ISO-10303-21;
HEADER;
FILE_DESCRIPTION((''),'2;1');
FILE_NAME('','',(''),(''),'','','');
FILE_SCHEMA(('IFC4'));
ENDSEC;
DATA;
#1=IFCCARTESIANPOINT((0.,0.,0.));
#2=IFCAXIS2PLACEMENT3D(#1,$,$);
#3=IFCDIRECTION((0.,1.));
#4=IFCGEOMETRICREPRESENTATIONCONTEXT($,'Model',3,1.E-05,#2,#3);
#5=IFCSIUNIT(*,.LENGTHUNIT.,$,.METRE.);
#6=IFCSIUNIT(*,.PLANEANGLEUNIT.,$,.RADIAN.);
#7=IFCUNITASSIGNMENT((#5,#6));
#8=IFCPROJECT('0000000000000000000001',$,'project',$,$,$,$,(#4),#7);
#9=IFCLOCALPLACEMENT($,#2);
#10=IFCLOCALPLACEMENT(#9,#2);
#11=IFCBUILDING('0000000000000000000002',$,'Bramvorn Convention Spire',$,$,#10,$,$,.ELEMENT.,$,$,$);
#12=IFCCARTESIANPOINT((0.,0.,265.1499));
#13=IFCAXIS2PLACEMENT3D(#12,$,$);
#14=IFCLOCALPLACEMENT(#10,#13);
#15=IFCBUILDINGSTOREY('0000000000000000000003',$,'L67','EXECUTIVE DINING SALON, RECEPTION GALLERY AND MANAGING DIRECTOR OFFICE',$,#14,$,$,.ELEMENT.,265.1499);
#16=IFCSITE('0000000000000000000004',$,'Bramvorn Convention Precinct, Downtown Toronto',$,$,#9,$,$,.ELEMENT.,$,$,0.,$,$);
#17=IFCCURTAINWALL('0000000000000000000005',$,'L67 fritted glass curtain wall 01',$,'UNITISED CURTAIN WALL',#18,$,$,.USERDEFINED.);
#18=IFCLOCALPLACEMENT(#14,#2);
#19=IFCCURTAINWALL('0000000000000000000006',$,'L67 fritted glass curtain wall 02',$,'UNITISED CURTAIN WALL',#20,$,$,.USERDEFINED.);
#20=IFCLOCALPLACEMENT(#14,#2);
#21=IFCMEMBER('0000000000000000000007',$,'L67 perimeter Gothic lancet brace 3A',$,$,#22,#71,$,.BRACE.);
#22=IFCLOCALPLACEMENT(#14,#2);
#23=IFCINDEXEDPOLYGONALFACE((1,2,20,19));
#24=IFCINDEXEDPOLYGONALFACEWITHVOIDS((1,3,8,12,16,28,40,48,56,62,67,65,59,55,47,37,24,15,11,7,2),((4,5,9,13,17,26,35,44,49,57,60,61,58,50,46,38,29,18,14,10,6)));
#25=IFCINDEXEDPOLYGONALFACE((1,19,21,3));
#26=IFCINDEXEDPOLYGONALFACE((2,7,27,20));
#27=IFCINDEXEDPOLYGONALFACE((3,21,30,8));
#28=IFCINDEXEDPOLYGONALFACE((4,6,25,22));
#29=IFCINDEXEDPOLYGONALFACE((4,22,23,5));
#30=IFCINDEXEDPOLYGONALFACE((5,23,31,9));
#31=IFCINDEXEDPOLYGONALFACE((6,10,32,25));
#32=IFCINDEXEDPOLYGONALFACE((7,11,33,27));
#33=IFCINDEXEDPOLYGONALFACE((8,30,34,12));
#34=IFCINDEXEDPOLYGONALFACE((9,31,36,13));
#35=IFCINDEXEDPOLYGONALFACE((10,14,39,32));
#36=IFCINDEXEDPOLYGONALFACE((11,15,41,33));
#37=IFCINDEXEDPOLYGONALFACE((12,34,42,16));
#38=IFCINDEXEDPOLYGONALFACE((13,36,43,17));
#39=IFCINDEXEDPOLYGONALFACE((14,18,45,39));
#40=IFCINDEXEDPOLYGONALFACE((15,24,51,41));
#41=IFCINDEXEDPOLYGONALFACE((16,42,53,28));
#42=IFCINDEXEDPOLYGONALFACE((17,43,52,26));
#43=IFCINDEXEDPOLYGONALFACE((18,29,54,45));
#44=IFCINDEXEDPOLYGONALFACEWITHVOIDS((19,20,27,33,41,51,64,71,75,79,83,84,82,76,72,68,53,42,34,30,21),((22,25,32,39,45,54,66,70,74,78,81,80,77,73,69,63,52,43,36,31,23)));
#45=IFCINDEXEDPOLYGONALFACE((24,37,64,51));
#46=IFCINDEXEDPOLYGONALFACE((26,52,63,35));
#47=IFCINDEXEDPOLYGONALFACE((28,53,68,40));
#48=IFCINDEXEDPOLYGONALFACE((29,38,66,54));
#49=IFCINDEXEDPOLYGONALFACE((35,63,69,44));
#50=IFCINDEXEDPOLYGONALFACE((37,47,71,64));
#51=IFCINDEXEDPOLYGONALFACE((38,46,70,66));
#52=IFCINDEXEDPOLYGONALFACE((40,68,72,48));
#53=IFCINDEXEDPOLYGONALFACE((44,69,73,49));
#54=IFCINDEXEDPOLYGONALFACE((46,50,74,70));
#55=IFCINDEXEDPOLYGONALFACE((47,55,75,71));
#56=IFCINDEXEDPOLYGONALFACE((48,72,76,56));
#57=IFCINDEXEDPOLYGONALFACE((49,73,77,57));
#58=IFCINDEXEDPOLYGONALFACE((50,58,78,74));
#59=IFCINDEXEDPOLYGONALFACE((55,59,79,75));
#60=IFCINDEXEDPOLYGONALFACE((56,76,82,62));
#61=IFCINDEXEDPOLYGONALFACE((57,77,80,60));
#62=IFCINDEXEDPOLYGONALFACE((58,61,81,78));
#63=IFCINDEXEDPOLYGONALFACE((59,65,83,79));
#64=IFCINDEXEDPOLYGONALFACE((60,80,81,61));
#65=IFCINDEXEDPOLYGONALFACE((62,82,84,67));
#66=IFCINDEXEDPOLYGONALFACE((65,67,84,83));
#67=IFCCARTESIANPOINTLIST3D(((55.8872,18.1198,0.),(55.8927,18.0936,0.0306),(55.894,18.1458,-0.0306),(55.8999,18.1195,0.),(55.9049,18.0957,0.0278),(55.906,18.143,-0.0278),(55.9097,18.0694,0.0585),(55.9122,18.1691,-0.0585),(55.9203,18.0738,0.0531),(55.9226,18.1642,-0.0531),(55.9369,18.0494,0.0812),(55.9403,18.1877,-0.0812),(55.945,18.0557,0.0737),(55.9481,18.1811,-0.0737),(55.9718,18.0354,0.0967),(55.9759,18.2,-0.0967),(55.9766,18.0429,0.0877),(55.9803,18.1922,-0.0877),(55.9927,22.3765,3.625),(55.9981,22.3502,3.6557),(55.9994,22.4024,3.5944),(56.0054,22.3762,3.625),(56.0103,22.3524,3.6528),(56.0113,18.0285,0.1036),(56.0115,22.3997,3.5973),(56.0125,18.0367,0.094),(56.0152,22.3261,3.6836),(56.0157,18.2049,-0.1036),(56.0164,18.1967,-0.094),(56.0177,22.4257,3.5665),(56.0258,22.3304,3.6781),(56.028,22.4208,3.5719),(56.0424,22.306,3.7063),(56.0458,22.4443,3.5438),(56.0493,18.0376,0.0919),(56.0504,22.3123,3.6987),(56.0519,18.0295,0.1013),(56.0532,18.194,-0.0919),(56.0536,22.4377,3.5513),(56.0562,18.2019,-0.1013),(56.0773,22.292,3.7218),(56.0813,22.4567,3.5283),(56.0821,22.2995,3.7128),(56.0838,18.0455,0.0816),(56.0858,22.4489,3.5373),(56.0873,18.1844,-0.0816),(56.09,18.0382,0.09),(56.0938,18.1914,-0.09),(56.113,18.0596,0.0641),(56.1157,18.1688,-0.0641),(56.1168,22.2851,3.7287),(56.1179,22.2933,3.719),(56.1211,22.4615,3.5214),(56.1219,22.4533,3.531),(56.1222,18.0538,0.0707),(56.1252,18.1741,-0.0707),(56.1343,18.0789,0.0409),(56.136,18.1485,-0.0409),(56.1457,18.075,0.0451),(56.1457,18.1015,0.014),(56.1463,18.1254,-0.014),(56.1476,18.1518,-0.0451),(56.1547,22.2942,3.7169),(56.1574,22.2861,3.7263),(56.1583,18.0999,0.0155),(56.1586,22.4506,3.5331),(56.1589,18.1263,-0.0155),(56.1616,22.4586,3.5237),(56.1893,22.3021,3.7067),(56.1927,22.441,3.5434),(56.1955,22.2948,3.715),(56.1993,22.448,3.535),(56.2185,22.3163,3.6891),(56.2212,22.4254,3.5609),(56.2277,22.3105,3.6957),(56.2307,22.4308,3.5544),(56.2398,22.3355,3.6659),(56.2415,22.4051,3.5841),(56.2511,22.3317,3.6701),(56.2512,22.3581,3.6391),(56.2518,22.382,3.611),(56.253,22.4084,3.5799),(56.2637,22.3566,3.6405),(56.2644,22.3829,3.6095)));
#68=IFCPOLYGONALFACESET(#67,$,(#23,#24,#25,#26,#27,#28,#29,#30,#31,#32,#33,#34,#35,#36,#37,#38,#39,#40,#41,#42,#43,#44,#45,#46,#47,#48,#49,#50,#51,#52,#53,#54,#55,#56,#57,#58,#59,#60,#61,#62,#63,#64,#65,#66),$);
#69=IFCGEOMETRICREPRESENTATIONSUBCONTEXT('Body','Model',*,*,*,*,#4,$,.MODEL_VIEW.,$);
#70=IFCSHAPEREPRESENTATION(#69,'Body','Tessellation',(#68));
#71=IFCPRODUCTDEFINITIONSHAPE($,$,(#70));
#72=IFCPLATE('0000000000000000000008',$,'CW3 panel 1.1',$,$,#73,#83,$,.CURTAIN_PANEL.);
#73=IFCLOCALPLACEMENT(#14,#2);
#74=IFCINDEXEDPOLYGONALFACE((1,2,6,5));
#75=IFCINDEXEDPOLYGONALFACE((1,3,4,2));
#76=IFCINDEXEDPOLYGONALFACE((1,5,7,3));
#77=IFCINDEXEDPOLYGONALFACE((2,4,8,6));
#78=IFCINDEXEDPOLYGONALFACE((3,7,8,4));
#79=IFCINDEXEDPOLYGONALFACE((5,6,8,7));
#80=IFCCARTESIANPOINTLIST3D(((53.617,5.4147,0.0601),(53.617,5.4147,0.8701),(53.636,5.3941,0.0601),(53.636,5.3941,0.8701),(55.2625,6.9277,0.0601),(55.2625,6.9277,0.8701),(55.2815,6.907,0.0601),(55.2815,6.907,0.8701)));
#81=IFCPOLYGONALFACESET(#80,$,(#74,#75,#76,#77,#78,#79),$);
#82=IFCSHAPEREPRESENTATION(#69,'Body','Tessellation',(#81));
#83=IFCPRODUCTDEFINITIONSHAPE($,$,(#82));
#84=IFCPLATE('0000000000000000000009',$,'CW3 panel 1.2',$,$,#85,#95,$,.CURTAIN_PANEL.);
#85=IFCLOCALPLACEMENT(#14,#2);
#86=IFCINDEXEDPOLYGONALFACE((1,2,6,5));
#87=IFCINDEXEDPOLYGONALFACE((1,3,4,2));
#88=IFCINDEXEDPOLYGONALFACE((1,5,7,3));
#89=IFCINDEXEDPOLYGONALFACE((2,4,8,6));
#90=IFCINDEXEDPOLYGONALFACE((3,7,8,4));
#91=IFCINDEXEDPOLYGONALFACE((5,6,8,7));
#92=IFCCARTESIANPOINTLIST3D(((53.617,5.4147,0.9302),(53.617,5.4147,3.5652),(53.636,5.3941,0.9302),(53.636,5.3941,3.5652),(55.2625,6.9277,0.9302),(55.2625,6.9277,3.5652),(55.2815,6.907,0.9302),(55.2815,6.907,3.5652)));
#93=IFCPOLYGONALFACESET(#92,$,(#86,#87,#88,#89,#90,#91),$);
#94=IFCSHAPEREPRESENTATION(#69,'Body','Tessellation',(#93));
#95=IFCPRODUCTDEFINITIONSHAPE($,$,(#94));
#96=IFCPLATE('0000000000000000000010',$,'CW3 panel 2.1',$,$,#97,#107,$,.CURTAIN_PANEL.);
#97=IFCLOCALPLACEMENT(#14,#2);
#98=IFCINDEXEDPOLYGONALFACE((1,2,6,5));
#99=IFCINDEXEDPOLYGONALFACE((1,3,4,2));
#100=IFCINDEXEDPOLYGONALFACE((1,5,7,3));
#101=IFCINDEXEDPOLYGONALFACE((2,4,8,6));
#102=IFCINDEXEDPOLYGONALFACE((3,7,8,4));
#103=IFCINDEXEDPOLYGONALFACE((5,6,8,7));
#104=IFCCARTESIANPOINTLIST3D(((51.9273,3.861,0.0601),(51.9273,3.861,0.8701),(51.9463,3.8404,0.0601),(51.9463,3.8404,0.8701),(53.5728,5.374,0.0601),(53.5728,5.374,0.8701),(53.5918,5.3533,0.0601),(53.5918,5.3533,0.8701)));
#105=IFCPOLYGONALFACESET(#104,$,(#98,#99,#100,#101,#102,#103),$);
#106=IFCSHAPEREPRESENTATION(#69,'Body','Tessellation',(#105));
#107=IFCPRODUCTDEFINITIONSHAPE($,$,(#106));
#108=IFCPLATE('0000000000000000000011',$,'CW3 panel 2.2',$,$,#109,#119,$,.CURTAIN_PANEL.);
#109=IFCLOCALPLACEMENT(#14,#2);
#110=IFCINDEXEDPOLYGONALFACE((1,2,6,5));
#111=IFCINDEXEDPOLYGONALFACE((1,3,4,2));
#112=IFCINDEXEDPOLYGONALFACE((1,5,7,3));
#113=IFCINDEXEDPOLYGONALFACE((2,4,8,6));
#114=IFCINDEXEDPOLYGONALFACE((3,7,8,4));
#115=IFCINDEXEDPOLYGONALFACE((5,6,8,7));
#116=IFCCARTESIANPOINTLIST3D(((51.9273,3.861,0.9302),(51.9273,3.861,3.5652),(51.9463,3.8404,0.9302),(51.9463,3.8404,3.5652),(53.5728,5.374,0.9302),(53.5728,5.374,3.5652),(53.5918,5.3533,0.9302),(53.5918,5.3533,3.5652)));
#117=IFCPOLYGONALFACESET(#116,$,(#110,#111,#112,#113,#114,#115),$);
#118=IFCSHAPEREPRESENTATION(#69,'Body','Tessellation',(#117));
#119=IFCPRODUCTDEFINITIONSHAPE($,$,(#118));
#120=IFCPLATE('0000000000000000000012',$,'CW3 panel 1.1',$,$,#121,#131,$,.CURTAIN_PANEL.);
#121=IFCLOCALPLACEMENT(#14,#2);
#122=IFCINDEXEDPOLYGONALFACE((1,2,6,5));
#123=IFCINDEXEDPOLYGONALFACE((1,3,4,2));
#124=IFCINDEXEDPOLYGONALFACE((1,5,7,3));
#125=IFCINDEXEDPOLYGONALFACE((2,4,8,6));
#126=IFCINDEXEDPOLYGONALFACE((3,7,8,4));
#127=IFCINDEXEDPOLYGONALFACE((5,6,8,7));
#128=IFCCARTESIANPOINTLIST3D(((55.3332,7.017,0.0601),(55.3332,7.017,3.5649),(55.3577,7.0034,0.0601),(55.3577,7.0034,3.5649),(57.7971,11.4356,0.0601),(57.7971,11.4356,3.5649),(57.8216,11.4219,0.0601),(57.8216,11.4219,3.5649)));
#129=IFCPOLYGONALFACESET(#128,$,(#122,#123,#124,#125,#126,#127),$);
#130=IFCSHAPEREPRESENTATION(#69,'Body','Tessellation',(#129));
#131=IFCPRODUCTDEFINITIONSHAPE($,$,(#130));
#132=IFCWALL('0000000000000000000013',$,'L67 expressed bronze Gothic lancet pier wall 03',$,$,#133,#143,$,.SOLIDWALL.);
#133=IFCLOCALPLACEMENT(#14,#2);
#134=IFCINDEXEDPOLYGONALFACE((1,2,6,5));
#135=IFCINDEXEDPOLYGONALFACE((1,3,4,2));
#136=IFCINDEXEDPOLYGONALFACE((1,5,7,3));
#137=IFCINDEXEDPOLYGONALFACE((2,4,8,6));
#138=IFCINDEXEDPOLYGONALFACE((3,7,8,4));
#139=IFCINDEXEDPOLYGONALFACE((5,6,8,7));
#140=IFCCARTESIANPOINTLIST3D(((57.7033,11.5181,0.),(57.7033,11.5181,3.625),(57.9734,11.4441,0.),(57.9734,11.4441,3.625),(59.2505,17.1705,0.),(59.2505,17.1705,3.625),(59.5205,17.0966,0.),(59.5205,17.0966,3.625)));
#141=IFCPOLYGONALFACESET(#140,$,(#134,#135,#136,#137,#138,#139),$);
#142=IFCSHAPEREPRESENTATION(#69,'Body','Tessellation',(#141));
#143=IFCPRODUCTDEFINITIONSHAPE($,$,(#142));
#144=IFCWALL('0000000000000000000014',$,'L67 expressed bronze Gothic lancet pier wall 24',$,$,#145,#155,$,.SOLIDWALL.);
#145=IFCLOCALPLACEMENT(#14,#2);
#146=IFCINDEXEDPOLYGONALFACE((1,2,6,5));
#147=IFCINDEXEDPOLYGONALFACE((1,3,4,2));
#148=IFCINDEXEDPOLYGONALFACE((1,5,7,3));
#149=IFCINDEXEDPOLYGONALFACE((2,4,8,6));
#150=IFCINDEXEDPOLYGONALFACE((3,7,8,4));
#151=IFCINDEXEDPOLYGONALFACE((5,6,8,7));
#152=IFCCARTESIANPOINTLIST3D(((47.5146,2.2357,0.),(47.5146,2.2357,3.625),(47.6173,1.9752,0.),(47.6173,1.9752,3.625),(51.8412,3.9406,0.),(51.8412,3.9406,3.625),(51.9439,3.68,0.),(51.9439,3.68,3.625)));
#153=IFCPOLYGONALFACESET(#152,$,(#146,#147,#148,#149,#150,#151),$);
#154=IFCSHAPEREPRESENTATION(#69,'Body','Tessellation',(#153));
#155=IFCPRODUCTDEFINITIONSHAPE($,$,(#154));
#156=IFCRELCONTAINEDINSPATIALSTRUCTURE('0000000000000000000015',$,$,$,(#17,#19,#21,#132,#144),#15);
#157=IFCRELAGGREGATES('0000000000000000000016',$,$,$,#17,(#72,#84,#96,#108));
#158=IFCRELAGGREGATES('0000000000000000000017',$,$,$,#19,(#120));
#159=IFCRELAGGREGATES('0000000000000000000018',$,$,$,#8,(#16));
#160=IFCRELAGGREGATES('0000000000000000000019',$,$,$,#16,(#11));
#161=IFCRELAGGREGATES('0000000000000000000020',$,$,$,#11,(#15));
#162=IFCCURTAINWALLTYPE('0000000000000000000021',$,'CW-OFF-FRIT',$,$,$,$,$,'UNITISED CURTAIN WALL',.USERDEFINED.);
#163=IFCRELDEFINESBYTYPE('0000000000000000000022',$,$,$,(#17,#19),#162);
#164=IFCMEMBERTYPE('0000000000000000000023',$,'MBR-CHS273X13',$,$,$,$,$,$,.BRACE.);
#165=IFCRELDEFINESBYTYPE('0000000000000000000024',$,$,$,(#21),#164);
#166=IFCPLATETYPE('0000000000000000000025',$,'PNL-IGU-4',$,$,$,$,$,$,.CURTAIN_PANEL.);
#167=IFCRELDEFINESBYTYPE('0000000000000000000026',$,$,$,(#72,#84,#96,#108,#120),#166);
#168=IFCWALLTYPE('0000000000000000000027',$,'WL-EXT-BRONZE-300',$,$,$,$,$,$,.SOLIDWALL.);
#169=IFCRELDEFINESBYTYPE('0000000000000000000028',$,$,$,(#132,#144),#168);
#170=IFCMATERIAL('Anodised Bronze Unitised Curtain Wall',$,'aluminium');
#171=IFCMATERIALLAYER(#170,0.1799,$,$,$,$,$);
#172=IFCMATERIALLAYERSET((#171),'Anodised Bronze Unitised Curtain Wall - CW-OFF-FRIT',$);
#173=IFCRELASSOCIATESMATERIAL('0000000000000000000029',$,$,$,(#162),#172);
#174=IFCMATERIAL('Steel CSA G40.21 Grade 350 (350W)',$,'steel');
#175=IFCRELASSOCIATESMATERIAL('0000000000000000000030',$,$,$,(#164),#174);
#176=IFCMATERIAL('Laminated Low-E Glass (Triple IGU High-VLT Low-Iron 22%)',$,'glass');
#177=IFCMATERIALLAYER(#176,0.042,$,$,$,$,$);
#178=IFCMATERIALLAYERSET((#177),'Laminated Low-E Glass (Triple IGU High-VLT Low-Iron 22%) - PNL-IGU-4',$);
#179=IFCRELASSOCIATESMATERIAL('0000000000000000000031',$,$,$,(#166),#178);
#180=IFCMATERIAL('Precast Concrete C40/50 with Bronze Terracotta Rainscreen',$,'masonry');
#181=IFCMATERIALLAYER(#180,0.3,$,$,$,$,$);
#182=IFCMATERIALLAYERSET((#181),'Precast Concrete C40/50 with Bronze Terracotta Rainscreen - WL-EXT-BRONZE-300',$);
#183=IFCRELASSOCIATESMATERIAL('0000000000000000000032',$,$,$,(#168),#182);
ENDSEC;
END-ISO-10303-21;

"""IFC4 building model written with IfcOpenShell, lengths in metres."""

from ifc_helpers import new_model, si_unit, direction, frame, frame_2d, origin, origin_2d, place, context, subcontext, project, spatial, rectangle, hollow_circle, extrude, material, layer, layer_set, material_profile, profile_set, type_object, element, aggregate, save


model = new_model("IFC4")

# Units and contexts
model_context = context("Model", 3, precision=1e-05, world=origin(), true_north=direction((0.0, 1.0)))
body_context = subcontext(model_context, "Body", "Model", "MODEL_VIEW")
ifc_project = project(units=[si_unit("LENGTHUNIT", "METRE"), si_unit("PLANEANGLEUNIT", "RADIAN")], contexts=[model_context])

# Site, building, storey
site_placement = place(None, origin())
site = spatial("IfcSite", under=ifc_project, at=site_placement, Name="Bramvorn Convention Precinct, Downtown Toronto", CompositionType="ELEMENT", RefElevation=0.0)
building_placement = place(site_placement, origin())
building = spatial("IfcBuilding", under=site, at=building_placement, Name="Bramvorn Convention Spire", CompositionType="ELEMENT")
storey_placement = place(building_placement, frame((0.0, 0.0, 265.1499)))
storey = spatial("IfcBuildingStorey", under=building, at=storey_placement, Name="L67", Description="EXECUTIVE DINING SALON, RECEPTION GALLERY AND MANAGING DIRECTOR OFFICE", CompositionType="ELEMENT", Elevation=265.1499)

# Shared definitions
ifc_material_1 = material(Name="Steel CSA G40.21 Grade 350 (350W)", Category="steel")

# Curtain walls
ifc_material_2 = material(Name="Anodised Bronze Unitised Curtain Wall", Category="aluminium")
ifc_layer_1 = layer(ifc_material_2, 0.1799)
ifc_layer_set_1 = layer_set([ifc_layer_1], Name="Anodised Bronze Unitised Curtain Wall - CW-OFF-FRIT")
curtain_wall_type = type_object("IfcCurtainWallType", Name="CW-OFF-FRIT", ElementType="UNITISED CURTAIN WALL", PredefinedType="USERDEFINED", material=ifc_layer_set_1)
curtain_wall_1_placement = place(storey_placement, origin())
curtain_wall_1 = element("IfcCurtainWall", 1, at=curtain_wall_1_placement, inside=storey, type_object=curtain_wall_type, Name="L67 fritted glass curtain wall 01", ObjectType="UNITISED CURTAIN WALL", PredefinedType="USERDEFINED")
curtain_wall_2_placement = place(storey_placement, origin())
curtain_wall_2 = element("IfcCurtainWall", 2, at=curtain_wall_2_placement, inside=storey, type_object=curtain_wall_type, Name="L67 fritted glass curtain wall 02", ObjectType="UNITISED CURTAIN WALL", PredefinedType="USERDEFINED")

# Member
ifc_material_profile_1 = material_profile(ifc_material_1, hollow_circle(Radius=0.1365, WallThickness=0.0127, at=origin_2d()))
ifc_profile_set_1 = profile_set([ifc_material_profile_1], Name="Steel CSA G40.21 Grade 350 (350W) - CHS273X13")
member_type_1 = type_object("IfcMemberType", Name="MBR-CHS273X13", PredefinedType="BRACE", material=ifc_profile_set_1)
member_1_placement = place(storey_placement, frame((56.0237, 18.1165, 0.0), z_axis=(0.018861, 0.761195, 0.648249), x_axis=(-0.999693, 0.02477, 0.0)))
element("IfcMember", 3, at=member_1_placement, inside=storey, type_object=member_type_1, Name="L67 perimeter Gothic lancet brace 3A", PredefinedType="BRACE", context=body_context, shape_type="SweptSolid", body=[
    extrude(hollow_circle(Radius=0.1365, WallThickness=0.0127, at=origin_2d()), origin(), (0.0, 0.0, 1.0), 5.592),
])

# Plates
ifc_material_3 = material(Name="Laminated Low-E Glass (Triple IGU High-VLT Low-Iron 22%)", Category="glass")
ifc_layer_2 = layer(ifc_material_3, 0.042)
ifc_layer_set_2 = layer_set([ifc_layer_2], Name="Laminated Low-E Glass (Triple IGU High-VLT Low-Iron 22%) - PNL-IGU-4")
plate_type = type_object("IfcPlateType", Name="PNL-IGU-4", PredefinedType="CURTAIN_PANEL", material=ifc_layer_set_2)
plate_1_placement = place(storey_placement, frame((54.4492, 6.1609, 0.0601), z_axis=(0.0, 0.0, 1.0), x_axis=(-0.736137, -0.676833, 0.0)))
plate_1 = element("IfcPlate", 4, at=plate_1_placement, type_object=plate_type, Name="CW3 panel 1.1", PredefinedType="CURTAIN_PANEL", context=body_context, shape_type="SweptSolid", body=[
    extrude(rectangle(XDim=2.2354, YDim=0.0281, at=origin_2d()), origin(), (0.0, 0.0, 1.0), 0.8101),
])
plate_2_placement = place(storey_placement, frame((54.4492, 6.1609, 0.9302), z_axis=(0.0, 0.0, 1.0), x_axis=(-0.736137, -0.676833, 0.0)))
plate_2 = element("IfcPlate", 5, at=plate_2_placement, type_object=plate_type, Name="CW3 panel 1.2", PredefinedType="CURTAIN_PANEL", context=body_context, shape_type="SweptSolid", body=[
    extrude(rectangle(XDim=2.2354, YDim=0.0281, at=origin_2d()), origin(), (0.0, 0.0, 1.0), 2.635),
])
plate_3_placement = place(storey_placement, frame((52.7595, 4.6072, 0.0601), z_axis=(0.0, 0.0, 1.0), x_axis=(-0.736137, -0.676833, 0.0)))
plate_3 = element("IfcPlate", 6, at=plate_3_placement, type_object=plate_type, Name="CW3 panel 2.1", PredefinedType="CURTAIN_PANEL", context=body_context, shape_type="SweptSolid", body=[
    extrude(rectangle(XDim=2.2354, YDim=0.0281, at=origin_2d()), origin(), (0.0, 0.0, 1.0), 0.8101),
])
plate_4_placement = place(storey_placement, frame((52.7595, 4.6072, 0.9302), z_axis=(0.0, 0.0, 1.0), x_axis=(-0.736137, -0.676833, 0.0)))
plate_4 = element("IfcPlate", 7, at=plate_4_placement, type_object=plate_type, Name="CW3 panel 2.2", PredefinedType="CURTAIN_PANEL", context=body_context, shape_type="SweptSolid", body=[
    extrude(rectangle(XDim=2.2354, YDim=0.0281, at=origin_2d()), origin(), (0.0, 0.0, 1.0), 2.635),
])
aggregate(curtain_wall_1, [plate_1, plate_2, plate_3, plate_4])
plate_5_placement = place(storey_placement, frame((56.5774, 9.2195, 0.0601), z_axis=(0.0, 0.0, 1.0), x_axis=(-0.487015, -0.873394, 0.0)))
plate_5 = element("IfcPlate", 8, at=plate_5_placement, type_object=plate_type, Name="CW3 panel 1.1", PredefinedType="CURTAIN_PANEL", context=body_context, shape_type="SweptSolid", body=[
    extrude(rectangle(XDim=5.0591, YDim=0.0281, at=origin_2d()), origin(), (0.0, 0.0, 1.0), 3.5049),
])
aggregate(curtain_wall_2, [plate_5])

# Walls
ifc_material_4 = material(Name="Precast Concrete C40/50 with Bronze Terracotta Rainscreen", Category="masonry")
ifc_layer_3 = layer(ifc_material_4, 0.3)
ifc_layer_set_3 = layer_set([ifc_layer_3], Name="Precast Concrete C40/50 with Bronze Terracotta Rainscreen - WL-EXT-BRONZE-300")
wall_type_1 = type_object("IfcWallType", Name="WL-EXT-BRONZE-300", PredefinedType="SOLIDWALL", material=ifc_layer_set_3)
wall_1_placement = place(storey_placement, frame((59.3855, 17.1335, 0.0), z_axis=(0.0, 0.0, 1.0), x_axis=(-0.264002, -0.964522, 0.0)))
element("IfcWall", 9, at=wall_1_placement, inside=storey, type_object=wall_type_1, Name="L67 expressed bronze Gothic lancet pier wall 03", PredefinedType="SOLIDWALL", context=body_context, shape_type="SweptSolid", body=[
    extrude(rectangle(XDim=5.8604, YDim=0.28, at=frame_2d((2.9302, 0.0))), origin(), (0.0, 0.0, 1.0), 3.625),
])
wall_2_placement = place(storey_placement, frame((51.8926, 3.8103, 0.0), z_axis=(0.0, 0.0, 1.0), x_axis=(-0.93038, -0.366598, 0.0)))
element("IfcWall", 10, at=wall_2_placement, inside=storey, type_object=wall_type_1, Name="L67 expressed bronze Gothic lancet pier wall 24", PredefinedType="SOLIDWALL", context=body_context, shape_type="SweptSolid", body=[
    extrude(rectangle(XDim=4.6504, YDim=0.28, at=frame_2d((2.3252, 0.0))), origin(), (0.0, 0.0, 1.0), 3.625),
])

save(model, "model.ifc")
